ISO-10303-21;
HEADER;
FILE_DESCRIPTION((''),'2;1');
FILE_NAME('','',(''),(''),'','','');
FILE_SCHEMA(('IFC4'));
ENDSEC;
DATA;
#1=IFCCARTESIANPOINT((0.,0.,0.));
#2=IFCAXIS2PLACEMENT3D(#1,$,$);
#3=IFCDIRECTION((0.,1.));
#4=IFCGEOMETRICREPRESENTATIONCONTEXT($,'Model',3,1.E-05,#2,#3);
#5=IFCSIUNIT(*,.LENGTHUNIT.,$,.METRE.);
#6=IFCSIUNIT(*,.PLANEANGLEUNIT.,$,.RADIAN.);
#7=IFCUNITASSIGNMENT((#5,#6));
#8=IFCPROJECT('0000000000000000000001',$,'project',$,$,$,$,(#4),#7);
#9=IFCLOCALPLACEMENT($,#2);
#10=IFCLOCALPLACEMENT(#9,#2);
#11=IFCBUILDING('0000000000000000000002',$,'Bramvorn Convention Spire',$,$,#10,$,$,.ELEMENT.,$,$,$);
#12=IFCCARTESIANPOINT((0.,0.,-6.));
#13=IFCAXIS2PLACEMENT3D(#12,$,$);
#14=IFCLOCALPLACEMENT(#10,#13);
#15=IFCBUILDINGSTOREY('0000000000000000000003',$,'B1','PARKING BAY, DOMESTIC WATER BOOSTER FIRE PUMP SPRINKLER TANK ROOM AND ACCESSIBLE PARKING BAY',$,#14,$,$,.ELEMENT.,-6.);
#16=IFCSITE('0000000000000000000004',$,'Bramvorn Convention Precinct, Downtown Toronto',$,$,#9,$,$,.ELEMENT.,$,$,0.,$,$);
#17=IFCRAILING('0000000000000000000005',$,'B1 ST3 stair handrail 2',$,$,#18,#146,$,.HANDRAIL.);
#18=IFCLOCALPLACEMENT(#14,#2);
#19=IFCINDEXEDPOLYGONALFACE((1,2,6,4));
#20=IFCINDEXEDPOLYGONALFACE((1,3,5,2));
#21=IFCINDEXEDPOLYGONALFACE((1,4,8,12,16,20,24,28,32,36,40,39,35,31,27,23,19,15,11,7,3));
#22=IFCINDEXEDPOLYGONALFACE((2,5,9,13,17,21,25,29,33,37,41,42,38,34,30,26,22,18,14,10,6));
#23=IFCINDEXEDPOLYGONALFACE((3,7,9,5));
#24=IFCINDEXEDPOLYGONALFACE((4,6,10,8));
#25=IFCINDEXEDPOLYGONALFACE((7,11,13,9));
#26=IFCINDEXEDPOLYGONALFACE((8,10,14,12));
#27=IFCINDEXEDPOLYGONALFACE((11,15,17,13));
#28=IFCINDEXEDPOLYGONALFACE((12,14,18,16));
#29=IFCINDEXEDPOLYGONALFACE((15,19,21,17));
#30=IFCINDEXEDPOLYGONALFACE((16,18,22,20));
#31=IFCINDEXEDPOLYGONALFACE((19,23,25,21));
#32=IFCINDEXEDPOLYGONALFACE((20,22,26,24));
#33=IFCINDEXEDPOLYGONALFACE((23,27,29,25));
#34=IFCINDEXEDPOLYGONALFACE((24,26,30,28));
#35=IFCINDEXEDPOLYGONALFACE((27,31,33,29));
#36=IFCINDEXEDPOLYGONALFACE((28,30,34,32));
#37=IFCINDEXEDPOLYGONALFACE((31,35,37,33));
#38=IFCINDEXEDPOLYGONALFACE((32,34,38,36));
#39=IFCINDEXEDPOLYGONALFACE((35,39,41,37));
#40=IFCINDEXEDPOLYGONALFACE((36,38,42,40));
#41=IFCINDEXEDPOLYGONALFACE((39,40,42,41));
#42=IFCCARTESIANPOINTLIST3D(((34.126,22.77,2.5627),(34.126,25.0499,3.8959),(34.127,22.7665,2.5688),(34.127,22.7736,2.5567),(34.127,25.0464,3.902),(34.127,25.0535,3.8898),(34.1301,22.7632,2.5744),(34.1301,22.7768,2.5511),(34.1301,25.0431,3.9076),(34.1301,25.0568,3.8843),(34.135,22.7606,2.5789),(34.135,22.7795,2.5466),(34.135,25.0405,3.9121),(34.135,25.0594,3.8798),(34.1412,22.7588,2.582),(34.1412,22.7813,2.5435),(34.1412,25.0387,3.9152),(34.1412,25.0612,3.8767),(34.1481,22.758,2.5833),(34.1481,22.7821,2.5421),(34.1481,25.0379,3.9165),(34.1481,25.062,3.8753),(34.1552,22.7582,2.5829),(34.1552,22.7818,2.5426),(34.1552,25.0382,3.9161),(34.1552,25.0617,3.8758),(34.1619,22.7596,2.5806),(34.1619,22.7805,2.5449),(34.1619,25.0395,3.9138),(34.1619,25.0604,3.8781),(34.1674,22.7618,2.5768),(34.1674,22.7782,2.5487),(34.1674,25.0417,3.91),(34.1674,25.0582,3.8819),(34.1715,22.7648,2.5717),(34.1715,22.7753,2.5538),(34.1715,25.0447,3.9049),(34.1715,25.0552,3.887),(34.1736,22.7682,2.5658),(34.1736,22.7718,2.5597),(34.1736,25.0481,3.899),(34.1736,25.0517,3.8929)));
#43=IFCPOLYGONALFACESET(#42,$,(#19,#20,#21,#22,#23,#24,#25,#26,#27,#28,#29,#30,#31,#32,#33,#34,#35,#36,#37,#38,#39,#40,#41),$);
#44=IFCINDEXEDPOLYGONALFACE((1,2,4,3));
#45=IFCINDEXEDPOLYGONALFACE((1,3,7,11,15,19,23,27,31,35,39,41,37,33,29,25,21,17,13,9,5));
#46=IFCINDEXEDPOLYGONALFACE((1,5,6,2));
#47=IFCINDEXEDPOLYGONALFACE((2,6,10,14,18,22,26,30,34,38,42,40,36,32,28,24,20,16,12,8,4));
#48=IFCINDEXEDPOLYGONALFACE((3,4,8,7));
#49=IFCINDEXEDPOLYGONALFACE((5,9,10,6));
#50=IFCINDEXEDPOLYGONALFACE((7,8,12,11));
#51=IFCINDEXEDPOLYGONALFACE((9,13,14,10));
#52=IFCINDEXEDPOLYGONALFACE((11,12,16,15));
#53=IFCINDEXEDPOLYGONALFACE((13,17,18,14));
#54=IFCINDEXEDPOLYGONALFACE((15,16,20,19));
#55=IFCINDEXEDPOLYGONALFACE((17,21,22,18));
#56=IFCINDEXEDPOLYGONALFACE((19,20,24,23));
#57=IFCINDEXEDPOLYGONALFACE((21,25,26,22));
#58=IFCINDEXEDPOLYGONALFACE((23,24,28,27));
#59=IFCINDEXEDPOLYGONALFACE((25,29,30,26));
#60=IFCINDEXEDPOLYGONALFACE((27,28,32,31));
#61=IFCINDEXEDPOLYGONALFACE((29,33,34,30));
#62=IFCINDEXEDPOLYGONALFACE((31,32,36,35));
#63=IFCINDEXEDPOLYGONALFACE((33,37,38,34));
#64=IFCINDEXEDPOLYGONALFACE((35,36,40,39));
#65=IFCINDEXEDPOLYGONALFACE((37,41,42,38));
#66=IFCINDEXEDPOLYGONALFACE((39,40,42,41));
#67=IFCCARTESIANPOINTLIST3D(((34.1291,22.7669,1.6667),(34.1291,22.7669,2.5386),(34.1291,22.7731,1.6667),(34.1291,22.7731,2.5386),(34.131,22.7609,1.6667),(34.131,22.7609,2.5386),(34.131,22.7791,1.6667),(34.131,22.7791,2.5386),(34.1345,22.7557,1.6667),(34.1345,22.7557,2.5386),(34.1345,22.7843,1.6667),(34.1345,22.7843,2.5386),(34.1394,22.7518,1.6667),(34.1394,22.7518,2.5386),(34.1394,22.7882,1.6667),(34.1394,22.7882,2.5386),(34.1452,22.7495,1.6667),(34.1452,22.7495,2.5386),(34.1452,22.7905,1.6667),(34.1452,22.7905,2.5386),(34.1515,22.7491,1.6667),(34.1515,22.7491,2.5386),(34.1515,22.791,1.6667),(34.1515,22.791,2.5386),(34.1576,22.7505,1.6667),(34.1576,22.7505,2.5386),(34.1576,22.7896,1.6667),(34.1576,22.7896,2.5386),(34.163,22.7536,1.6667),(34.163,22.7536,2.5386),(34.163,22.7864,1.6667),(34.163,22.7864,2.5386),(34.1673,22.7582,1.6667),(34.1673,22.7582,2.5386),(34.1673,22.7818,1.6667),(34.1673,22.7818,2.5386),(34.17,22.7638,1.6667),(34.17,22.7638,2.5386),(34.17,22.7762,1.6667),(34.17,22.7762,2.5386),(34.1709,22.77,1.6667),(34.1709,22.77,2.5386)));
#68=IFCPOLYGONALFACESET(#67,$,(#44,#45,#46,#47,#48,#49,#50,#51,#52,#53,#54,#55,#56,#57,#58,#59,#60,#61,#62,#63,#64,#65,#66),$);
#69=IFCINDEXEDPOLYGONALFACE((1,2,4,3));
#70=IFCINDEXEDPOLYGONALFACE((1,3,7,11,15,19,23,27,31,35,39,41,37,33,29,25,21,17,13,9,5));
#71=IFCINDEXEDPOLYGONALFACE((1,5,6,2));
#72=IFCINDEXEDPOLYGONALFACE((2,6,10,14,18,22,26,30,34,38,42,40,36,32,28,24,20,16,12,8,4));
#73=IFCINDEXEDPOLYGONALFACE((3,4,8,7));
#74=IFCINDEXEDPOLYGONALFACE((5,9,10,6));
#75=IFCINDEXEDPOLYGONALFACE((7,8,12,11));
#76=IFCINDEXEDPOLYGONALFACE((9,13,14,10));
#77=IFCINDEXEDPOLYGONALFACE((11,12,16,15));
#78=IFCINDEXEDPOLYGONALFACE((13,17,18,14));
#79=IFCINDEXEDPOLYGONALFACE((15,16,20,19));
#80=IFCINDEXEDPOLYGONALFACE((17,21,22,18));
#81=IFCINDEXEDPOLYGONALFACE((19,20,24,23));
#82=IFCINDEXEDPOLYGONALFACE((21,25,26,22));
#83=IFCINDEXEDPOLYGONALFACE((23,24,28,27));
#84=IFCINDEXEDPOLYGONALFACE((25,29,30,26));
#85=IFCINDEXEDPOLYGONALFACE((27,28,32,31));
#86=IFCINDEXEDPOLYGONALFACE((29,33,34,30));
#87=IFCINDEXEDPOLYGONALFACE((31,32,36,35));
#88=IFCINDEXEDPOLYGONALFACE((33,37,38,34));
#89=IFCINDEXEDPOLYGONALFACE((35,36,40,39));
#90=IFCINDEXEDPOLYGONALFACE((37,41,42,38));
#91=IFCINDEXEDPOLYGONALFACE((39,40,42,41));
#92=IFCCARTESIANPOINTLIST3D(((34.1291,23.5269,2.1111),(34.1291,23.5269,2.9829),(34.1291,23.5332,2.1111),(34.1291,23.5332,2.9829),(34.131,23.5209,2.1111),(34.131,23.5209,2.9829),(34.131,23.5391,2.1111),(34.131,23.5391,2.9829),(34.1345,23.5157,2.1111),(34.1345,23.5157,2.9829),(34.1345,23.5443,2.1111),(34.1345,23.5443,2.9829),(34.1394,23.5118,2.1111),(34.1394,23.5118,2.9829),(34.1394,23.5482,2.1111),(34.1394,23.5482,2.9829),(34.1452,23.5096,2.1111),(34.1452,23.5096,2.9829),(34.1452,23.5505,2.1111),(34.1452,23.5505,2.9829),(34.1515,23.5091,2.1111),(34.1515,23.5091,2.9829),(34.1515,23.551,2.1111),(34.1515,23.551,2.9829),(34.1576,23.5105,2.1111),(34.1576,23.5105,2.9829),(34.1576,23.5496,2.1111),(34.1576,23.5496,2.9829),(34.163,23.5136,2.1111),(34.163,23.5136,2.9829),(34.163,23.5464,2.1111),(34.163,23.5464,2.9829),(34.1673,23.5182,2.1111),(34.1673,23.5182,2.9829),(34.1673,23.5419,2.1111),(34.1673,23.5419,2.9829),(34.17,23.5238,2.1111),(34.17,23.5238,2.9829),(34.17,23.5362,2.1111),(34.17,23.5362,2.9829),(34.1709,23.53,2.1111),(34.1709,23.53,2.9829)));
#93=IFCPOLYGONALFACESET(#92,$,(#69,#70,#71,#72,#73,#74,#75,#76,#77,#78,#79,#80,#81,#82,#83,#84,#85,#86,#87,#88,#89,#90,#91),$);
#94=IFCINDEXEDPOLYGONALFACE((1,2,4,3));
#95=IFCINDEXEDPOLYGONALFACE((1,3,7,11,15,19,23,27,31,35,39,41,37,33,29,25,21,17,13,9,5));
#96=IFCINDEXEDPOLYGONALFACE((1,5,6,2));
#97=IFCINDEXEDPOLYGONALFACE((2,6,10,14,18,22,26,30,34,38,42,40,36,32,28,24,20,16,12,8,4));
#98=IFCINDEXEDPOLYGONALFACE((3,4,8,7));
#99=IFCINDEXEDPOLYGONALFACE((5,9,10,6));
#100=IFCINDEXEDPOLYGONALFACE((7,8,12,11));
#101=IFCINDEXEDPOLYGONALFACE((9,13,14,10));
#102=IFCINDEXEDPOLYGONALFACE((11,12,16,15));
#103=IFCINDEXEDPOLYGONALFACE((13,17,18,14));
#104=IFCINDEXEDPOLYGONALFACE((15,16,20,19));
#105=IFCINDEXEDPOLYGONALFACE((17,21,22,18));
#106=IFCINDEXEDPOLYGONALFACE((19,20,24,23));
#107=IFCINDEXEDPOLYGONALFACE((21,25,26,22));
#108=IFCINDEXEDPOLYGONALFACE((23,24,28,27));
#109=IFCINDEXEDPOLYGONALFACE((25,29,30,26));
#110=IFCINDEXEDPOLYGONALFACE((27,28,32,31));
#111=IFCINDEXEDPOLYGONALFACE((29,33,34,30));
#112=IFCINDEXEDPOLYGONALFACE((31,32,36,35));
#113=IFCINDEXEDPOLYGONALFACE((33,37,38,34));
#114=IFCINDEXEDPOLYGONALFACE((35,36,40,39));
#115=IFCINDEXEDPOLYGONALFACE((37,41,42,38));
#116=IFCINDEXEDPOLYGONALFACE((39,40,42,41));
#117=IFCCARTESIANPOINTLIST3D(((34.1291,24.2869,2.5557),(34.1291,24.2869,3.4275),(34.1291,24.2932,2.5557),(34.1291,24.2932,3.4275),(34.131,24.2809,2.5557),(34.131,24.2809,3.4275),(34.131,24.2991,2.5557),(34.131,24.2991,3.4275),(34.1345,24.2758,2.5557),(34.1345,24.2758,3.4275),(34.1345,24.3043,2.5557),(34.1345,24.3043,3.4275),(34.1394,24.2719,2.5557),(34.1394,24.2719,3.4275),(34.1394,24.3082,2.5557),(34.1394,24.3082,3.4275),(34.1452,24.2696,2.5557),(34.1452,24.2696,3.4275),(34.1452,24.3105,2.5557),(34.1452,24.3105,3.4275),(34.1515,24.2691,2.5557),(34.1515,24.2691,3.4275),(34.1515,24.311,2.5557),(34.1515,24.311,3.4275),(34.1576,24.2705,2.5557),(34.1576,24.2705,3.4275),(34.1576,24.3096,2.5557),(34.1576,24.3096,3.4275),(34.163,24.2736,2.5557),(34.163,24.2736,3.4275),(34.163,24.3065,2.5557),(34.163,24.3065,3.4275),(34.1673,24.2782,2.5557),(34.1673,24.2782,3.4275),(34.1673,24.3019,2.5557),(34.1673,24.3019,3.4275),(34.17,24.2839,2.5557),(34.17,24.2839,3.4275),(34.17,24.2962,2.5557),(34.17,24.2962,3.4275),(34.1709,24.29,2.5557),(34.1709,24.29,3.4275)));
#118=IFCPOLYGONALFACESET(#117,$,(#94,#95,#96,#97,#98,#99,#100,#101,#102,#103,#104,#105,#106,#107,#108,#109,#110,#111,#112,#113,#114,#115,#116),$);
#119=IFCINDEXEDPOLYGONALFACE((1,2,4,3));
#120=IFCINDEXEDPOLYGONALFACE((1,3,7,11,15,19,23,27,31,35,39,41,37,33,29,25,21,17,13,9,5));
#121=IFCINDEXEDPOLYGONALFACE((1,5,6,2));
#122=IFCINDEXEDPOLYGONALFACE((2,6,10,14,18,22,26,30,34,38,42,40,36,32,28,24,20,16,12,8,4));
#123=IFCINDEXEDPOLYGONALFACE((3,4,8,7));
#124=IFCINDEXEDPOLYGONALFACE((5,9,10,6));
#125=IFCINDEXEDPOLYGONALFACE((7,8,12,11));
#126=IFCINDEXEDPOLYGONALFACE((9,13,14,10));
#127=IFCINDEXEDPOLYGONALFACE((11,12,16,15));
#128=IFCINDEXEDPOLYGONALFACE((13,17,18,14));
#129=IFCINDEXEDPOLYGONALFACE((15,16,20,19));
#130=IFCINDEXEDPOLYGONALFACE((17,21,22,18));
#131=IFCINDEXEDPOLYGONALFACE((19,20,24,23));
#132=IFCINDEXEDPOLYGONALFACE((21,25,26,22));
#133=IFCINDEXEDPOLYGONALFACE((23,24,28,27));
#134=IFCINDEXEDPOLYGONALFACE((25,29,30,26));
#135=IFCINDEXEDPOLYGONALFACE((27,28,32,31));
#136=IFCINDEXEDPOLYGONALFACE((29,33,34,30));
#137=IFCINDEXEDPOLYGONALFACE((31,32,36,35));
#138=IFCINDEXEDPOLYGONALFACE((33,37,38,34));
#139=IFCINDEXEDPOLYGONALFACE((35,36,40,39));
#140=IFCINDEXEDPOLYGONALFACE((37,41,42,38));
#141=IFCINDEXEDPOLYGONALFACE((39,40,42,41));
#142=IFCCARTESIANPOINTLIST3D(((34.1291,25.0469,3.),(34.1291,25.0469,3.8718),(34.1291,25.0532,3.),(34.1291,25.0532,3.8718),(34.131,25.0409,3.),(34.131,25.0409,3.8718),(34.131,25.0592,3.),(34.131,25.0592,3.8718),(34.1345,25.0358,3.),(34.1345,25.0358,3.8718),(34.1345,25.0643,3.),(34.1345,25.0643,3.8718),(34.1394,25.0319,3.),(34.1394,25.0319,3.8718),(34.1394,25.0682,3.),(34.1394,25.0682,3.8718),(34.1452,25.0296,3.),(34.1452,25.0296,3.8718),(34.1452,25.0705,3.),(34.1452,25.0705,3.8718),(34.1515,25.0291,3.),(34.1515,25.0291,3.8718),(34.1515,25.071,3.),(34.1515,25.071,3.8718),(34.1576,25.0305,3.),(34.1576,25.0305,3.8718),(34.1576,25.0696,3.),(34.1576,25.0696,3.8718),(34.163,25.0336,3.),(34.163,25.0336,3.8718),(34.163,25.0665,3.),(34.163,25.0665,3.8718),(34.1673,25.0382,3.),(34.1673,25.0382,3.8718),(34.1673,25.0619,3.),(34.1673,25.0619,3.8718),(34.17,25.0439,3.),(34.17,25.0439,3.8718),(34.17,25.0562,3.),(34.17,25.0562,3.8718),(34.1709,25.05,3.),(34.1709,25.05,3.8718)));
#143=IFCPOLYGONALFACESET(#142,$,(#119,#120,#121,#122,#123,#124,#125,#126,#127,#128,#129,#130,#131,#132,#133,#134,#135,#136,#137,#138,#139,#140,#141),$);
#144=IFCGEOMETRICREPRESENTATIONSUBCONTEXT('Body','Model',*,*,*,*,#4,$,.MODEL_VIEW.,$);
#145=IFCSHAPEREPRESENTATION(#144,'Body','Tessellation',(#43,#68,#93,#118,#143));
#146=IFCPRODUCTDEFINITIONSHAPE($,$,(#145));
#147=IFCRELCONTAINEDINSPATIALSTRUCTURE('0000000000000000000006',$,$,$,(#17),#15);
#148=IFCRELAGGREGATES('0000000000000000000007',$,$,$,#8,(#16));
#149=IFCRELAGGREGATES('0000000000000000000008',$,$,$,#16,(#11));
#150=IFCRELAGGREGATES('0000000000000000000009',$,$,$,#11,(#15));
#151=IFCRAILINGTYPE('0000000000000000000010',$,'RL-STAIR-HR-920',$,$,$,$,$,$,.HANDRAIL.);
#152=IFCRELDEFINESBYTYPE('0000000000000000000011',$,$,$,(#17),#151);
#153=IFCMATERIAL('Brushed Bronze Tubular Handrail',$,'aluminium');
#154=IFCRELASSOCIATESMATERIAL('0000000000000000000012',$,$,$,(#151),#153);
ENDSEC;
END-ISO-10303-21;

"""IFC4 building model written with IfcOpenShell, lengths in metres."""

from ifc_helpers import new_model, si_unit, direction, frame, origin, origin_2d, place, context, subcontext, project, spatial, circle, extrude, material, type_object, element, save


model = new_model("IFC4")

# Units and contexts
model_context = context("Model", 3, precision=1e-05, world=origin(), true_north=direction((0.0, 1.0)))
body_context = subcontext(model_context, "Body", "Model", "MODEL_VIEW")
ifc_project = project(units=[si_unit("LENGTHUNIT", "METRE"), si_unit("PLANEANGLEUNIT", "RADIAN")], contexts=[model_context])

# Site, building, storey
site_placement = place(None, origin())
site = spatial("IfcSite", under=ifc_project, at=site_placement, Name="Bramvorn Convention Precinct, Downtown Toronto", CompositionType="ELEMENT", RefElevation=0.0)
building_placement = place(site_placement, origin())
building = spatial("IfcBuilding", under=site, at=building_placement, Name="Bramvorn Convention Spire", CompositionType="ELEMENT")
storey_placement = place(building_placement, frame((0.0, 0.0, -6.0)))
storey = spatial("IfcBuildingStorey", under=building, at=storey_placement, Name="B1", Description="PARKING BAY, DOMESTIC WATER BOOSTER FIRE PUMP SPRINKLER TANK ROOM AND ACCESSIBLE PARKING BAY", CompositionType="ELEMENT", Elevation=-6.0)

# Railing
ifc_material_1 = material(Name="Brushed Bronze Tubular Handrail", Category="aluminium")
railing_type_1 = type_object("IfcRailingType", Name="RL-STAIR-HR-920", PredefinedType="HANDRAIL", material=ifc_material_1)
for number, where, name in (
    (1, (34.1499, 22.77, 1.6667), "B1 ST3 stair handrail 2"),
):
    element("IfcRailing", number, at=place(storey_placement, frame(where)), inside=storey, type_object=railing_type_1, Name=name, PredefinedType="HANDRAIL", context=body_context, shape_type="SweptSolid", body=[
        extrude(circle(Radius=0.0239, at=origin_2d()), frame((0.0, 0.0, 0.896), z_axis=(0.0, 0.863245, 0.504785), x_axis=(-1.0, 0.0, 0.0)), (0.0, 0.0, 1.0), 2.6411),
        extrude(circle(Radius=0.021, at=origin_2d()), origin(), (0.0, 0.0, 1.0), 0.8718),
        extrude(circle(Radius=0.021, at=origin_2d()), frame((0.0, 0.76, 0.4443)), (0.0, 0.0, 1.0), 0.8718),
        extrude(circle(Radius=0.021, at=origin_2d()), frame((0.0, 1.52, 0.8889)), (0.0, 0.0, 1.0), 0.8718),
        extrude(circle(Radius=0.021, at=origin_2d()), frame((0.0, 2.28, 1.3333)), (0.0, 0.0, 1.0), 0.8718),
    ])

save(model, "model.ifc")
